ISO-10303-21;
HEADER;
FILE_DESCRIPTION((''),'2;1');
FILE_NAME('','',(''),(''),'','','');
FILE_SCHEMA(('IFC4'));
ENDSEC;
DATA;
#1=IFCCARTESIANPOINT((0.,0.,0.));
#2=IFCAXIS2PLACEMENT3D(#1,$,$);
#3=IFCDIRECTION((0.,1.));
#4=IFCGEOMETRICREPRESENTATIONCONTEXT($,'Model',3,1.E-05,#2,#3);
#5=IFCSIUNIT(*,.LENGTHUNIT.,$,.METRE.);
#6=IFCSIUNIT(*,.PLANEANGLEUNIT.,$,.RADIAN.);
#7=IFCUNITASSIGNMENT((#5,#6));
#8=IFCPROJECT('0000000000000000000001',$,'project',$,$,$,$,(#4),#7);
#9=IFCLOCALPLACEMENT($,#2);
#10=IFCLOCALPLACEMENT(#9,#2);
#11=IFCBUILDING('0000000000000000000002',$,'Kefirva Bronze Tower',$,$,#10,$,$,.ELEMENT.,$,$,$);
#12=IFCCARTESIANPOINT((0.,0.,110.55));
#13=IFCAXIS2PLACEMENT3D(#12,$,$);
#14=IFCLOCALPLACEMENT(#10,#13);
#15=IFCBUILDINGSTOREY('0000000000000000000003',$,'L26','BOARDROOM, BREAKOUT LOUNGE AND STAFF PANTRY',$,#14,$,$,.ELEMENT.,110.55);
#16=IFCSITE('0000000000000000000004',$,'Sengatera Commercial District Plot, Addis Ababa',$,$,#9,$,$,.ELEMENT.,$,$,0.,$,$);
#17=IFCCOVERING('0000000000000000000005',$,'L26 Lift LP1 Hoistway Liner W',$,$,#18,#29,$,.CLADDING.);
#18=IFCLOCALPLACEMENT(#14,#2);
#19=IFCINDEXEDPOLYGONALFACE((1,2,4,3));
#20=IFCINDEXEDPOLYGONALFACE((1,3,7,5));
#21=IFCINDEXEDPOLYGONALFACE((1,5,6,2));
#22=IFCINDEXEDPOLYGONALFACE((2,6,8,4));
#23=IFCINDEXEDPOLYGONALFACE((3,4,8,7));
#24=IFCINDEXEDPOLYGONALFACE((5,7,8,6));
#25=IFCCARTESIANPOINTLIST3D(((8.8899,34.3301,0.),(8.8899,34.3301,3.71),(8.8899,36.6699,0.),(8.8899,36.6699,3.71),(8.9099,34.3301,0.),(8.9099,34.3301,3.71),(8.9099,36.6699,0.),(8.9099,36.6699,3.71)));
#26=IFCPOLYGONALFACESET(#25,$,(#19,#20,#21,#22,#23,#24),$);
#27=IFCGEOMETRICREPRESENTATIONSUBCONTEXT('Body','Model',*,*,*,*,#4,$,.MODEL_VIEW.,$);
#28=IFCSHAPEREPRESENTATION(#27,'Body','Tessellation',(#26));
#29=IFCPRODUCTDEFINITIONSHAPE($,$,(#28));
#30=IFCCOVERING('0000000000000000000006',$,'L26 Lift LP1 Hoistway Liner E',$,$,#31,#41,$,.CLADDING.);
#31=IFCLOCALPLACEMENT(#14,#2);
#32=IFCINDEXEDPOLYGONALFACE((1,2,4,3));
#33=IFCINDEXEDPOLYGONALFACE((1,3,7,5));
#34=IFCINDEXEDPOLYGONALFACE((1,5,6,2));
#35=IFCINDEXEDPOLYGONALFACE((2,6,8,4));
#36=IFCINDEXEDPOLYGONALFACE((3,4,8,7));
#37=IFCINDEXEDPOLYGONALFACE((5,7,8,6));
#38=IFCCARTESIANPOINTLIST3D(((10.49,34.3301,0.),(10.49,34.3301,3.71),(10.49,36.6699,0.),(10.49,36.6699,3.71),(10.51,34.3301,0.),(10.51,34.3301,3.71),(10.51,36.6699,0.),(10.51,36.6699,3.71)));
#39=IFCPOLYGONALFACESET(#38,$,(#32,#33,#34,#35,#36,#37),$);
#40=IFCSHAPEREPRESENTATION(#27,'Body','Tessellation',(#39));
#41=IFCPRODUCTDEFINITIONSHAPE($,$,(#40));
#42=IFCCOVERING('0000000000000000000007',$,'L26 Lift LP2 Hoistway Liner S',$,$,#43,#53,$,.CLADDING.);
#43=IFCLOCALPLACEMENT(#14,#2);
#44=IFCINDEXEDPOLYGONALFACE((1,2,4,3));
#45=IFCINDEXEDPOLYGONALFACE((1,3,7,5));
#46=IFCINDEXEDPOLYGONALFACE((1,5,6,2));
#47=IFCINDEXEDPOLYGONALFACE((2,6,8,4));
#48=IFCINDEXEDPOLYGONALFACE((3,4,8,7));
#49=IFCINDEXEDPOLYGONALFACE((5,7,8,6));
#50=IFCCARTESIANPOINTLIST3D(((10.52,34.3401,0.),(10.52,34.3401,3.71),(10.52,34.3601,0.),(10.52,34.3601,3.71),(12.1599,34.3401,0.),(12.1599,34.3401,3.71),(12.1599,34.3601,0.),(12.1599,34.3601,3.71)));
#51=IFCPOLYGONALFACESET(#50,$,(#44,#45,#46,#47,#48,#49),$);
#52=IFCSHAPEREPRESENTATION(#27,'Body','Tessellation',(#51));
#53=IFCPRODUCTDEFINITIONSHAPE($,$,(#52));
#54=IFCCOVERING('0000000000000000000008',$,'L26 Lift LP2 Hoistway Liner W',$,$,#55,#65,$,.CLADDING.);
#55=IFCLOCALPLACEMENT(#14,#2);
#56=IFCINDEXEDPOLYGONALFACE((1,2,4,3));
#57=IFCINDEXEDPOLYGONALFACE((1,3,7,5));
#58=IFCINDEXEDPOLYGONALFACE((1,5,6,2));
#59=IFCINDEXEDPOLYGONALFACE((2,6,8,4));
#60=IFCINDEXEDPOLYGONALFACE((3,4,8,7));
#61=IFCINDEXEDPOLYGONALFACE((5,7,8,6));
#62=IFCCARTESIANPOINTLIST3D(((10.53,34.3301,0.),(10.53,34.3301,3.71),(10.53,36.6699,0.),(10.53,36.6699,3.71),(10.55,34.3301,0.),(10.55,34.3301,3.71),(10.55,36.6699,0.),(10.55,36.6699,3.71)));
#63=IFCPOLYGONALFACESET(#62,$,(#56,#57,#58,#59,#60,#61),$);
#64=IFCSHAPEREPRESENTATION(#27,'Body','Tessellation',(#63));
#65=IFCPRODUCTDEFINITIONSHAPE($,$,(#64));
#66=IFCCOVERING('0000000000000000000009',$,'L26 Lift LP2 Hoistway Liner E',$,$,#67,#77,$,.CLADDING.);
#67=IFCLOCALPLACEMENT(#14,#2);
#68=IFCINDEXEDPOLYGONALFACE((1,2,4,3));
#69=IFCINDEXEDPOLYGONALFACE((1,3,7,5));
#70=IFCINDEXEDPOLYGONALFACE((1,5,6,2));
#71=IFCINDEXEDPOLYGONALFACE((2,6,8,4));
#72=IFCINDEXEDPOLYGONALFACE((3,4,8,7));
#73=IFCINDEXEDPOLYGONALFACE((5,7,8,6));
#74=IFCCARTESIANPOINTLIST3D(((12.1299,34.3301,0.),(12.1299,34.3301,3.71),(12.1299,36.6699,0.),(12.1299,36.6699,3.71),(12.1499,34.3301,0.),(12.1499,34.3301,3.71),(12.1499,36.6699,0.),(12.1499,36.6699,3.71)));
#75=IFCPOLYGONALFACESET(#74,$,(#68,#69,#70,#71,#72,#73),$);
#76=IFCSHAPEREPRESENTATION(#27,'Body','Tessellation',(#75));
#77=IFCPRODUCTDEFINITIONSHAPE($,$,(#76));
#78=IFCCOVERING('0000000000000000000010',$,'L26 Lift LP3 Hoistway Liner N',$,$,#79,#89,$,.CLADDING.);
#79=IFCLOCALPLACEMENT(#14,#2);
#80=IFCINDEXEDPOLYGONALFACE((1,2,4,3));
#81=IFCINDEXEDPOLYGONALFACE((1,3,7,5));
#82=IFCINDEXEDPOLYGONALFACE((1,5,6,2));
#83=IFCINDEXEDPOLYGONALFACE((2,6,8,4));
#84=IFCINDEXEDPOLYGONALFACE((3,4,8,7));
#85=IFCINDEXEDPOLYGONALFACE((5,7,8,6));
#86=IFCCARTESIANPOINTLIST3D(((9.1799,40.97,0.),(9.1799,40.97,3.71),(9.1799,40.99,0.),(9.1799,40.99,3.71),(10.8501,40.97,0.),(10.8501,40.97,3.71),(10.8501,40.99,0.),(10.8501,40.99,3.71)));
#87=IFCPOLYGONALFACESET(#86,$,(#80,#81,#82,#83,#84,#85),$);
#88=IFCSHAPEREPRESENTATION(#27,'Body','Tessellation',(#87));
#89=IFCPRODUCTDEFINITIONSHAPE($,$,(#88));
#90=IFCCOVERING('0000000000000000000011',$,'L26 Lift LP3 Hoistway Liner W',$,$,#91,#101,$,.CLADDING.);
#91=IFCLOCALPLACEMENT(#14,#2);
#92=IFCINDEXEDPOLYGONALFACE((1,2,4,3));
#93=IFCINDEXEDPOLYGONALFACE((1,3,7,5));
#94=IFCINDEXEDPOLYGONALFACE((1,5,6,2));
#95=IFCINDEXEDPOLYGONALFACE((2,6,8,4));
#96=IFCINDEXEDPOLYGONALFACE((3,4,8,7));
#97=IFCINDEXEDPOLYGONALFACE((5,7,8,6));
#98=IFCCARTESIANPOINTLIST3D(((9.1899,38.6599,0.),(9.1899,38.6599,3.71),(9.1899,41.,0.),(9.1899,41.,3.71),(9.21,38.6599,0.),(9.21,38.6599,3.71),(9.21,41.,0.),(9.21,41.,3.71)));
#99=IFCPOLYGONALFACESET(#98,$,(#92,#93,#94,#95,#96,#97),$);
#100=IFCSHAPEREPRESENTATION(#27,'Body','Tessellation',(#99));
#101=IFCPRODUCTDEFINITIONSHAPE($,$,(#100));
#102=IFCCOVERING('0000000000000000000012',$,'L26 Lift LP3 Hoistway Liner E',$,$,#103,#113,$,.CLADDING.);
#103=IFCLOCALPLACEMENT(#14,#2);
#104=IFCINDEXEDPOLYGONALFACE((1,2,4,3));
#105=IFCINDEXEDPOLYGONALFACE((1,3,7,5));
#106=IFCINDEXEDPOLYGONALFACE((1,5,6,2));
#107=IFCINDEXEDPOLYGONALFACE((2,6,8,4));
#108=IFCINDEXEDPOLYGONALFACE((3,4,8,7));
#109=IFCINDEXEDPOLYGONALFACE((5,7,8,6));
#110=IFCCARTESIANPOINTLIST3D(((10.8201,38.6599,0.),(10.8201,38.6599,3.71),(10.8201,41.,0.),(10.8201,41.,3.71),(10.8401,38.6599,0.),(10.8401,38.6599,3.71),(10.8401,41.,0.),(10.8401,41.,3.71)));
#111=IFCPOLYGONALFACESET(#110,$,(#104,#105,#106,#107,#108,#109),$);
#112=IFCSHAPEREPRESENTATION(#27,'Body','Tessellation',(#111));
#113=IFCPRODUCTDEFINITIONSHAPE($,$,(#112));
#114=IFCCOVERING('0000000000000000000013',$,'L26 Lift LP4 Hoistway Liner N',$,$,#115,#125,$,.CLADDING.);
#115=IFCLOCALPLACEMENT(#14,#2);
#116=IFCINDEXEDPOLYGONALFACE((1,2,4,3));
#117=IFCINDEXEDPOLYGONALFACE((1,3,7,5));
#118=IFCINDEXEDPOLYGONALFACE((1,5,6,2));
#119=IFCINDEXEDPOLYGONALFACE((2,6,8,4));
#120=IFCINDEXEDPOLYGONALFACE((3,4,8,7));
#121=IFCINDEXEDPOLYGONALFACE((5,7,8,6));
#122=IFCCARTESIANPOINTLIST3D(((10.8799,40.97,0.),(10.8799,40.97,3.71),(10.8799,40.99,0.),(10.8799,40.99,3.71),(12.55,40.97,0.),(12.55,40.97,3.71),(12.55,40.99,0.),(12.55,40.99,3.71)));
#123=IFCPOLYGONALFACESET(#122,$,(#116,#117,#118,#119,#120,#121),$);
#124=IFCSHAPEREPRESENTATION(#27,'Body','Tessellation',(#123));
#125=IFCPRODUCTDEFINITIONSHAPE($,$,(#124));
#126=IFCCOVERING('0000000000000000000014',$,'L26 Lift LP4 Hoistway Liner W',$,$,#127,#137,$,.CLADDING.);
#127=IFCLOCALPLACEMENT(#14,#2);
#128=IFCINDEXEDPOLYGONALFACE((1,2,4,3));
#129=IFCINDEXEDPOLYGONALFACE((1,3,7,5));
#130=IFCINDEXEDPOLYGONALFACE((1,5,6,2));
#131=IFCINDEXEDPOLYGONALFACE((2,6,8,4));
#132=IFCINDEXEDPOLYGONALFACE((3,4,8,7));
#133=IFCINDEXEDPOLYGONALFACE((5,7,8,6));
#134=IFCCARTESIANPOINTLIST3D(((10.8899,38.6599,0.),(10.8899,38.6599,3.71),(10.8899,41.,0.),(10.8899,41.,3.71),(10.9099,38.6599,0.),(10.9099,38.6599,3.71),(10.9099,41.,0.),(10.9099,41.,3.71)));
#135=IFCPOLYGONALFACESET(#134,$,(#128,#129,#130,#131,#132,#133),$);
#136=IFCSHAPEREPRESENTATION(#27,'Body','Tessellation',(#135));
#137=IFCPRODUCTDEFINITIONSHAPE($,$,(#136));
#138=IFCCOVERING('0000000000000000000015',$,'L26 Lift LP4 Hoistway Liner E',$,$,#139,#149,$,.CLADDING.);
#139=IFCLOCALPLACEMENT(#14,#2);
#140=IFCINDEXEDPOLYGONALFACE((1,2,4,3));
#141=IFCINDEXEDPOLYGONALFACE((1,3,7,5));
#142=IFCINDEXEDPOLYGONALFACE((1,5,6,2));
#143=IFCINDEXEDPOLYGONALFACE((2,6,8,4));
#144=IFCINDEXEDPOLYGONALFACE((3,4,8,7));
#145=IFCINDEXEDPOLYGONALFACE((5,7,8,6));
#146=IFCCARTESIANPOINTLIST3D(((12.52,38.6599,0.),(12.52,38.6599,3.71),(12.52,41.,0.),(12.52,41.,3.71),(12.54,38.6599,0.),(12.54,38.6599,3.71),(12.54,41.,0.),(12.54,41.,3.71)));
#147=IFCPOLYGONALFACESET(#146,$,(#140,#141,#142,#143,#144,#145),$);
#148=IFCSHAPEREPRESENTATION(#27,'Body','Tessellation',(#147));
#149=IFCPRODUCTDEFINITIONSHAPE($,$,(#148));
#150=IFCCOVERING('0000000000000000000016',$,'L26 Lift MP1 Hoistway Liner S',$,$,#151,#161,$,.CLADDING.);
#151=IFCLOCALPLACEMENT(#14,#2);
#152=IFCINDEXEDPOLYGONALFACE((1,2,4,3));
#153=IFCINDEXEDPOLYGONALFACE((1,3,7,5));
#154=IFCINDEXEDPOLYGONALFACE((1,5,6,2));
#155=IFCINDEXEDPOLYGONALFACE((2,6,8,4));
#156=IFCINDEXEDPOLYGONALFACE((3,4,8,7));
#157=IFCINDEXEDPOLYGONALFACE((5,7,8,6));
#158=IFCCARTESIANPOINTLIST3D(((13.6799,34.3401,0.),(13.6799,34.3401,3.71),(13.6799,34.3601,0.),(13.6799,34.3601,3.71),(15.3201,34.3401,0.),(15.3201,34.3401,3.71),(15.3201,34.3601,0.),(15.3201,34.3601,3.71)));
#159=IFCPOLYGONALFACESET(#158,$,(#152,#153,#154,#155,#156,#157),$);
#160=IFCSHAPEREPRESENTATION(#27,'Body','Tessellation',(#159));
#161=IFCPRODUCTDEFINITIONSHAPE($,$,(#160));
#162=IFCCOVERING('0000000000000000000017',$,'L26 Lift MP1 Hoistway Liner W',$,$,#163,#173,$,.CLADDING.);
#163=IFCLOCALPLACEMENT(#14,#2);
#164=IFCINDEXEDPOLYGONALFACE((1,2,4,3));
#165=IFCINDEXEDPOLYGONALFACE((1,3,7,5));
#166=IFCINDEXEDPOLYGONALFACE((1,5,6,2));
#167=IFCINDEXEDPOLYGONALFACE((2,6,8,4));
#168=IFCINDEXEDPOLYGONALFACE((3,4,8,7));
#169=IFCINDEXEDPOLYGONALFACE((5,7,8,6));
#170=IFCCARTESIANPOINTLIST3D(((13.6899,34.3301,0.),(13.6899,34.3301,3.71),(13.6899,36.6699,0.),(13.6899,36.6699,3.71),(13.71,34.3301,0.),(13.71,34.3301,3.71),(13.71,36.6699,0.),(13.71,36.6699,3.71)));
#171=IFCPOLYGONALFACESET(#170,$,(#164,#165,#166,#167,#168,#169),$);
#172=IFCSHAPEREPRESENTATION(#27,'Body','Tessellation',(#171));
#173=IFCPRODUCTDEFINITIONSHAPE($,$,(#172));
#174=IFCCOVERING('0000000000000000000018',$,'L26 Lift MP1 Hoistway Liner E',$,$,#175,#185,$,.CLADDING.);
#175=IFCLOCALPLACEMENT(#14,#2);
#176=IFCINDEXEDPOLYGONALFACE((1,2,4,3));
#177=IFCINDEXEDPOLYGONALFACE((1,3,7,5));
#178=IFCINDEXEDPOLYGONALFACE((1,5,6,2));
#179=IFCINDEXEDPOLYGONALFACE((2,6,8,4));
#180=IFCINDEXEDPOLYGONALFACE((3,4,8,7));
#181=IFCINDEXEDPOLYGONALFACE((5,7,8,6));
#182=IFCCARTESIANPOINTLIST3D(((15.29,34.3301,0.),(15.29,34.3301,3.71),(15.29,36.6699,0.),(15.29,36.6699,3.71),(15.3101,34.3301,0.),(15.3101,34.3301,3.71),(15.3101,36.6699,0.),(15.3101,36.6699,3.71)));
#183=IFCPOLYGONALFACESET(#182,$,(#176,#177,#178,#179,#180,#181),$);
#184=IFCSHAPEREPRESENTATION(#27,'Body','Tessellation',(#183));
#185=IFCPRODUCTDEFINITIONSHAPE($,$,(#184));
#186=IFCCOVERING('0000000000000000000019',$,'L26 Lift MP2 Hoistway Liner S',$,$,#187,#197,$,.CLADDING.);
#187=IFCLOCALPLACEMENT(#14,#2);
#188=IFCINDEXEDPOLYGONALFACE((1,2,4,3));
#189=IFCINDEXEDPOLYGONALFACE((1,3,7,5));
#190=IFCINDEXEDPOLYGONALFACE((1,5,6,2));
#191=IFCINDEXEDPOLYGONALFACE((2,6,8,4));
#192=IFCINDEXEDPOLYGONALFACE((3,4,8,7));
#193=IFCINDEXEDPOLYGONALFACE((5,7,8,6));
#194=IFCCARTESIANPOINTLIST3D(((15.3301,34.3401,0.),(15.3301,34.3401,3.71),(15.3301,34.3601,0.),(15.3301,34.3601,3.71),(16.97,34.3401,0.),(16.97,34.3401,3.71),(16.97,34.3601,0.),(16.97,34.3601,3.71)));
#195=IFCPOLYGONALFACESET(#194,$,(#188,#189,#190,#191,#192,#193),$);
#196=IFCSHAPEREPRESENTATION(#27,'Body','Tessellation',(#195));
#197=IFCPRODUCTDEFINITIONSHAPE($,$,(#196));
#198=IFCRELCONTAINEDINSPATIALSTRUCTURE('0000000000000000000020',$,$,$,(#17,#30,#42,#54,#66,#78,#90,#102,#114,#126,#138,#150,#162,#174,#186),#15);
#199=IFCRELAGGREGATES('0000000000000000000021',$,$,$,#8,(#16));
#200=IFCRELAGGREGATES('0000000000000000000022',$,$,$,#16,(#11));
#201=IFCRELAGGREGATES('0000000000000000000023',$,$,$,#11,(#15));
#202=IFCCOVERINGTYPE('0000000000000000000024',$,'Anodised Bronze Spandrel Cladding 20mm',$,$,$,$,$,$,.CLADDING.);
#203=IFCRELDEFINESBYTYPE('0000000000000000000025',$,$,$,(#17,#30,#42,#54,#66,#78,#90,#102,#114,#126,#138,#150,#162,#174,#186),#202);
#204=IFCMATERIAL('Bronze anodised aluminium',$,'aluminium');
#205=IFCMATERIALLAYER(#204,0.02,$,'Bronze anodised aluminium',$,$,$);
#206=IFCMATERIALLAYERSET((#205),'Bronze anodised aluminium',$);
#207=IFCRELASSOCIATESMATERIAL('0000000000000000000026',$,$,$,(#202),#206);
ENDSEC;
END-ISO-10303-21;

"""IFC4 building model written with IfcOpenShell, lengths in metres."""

from ifc_helpers import new_model, si_unit, direction, frame, origin, place, context, subcontext, project, spatial, polyline, outline, extrude, material, layer, layer_set, type_object, element, save


model = new_model("IFC4")

# Units and contexts
model_context = context("Model", 3, precision=1e-05, world=origin(), true_north=direction((0.0, 1.0)))
body_context = subcontext(model_context, "Body", "Model", "MODEL_VIEW")
ifc_project = project(units=[si_unit("LENGTHUNIT", "METRE"), si_unit("PLANEANGLEUNIT", "RADIAN")], contexts=[model_context])

# Site, building, storey
site_placement = place(None, origin())
site = spatial("IfcSite", under=ifc_project, at=site_placement, Name="Sengatera Commercial District Plot, Addis Ababa", CompositionType="ELEMENT", RefElevation=0.0)
building_placement = place(site_placement, origin())
building = spatial("IfcBuilding", under=site, at=building_placement, Name="Kefirva Bronze Tower", CompositionType="ELEMENT")
storey_placement = place(building_placement, frame((0.0, 0.0, 110.55)))
storey = spatial("IfcBuildingStorey", under=building, at=storey_placement, Name="L26", Description="BOARDROOM, BREAKOUT LOUNGE AND STAFF PANTRY", CompositionType="ELEMENT", Elevation=110.55)

# Coverings
ifc_material = material(Name="Bronze anodised aluminium", Category="aluminium")
ifc_layer_1 = layer(ifc_material, 0.02, Name="Bronze anodised aluminium")
ifc_layer_set_1 = layer_set([ifc_layer_1], Name="Bronze anodised aluminium")
covering_type_1 = type_object("IfcCoveringType", Name="Anodised Bronze Spandrel Cladding 20mm", PredefinedType="CLADDING", material=ifc_layer_set_1)
covering_1_placement = place(storey_placement, origin())
element("IfcCovering", 1, at=covering_1_placement, inside=storey, type_object=covering_type_1, Name="L26 Lift LP1 Hoistway Liner W", PredefinedType="CLADDING", context=body_context, shape_type="SweptSolid", body=[
    extrude(outline(polyline([(8.8899, 34.3301), (8.9099, 34.3301), (8.9099, 36.6699), (8.8899, 36.6699), (8.8899, 34.3301)])), origin(), (0.0, 0.0, 1.0), 3.71),
])
covering_2_placement = place(storey_placement, origin())
element("IfcCovering", 2, at=covering_2_placement, inside=storey, type_object=covering_type_1, Name="L26 Lift LP1 Hoistway Liner E", PredefinedType="CLADDING", context=body_context, shape_type="SweptSolid", body=[
    extrude(outline(polyline([(10.49, 34.3301), (10.51, 34.3301), (10.51, 36.6699), (10.49, 36.6699), (10.49, 34.3301)])), origin(), (0.0, 0.0, 1.0), 3.71),
])
covering_3_placement = place(storey_placement, origin())
element("IfcCovering", 3, at=covering_3_placement, inside=storey, type_object=covering_type_1, Name="L26 Lift LP2 Hoistway Liner S", PredefinedType="CLADDING", context=body_context, shape_type="SweptSolid", body=[
    extrude(outline(polyline([(10.52, 34.3401), (12.1599, 34.3401), (12.1599, 34.3601), (10.52, 34.3601), (10.52, 34.3401)])), origin(), (0.0, 0.0, 1.0), 3.71),
])
covering_4_placement = place(storey_placement, origin())
element("IfcCovering", 4, at=covering_4_placement, inside=storey, type_object=covering_type_1, Name="L26 Lift LP2 Hoistway Liner W", PredefinedType="CLADDING", context=body_context, shape_type="SweptSolid", body=[
    extrude(outline(polyline([(10.53, 34.3301), (10.55, 34.3301), (10.55, 36.6699), (10.53, 36.6699), (10.53, 34.3301)])), origin(), (0.0, 0.0, 1.0), 3.71),
])
covering_5_placement = place(storey_placement, origin())
element("IfcCovering", 5, at=covering_5_placement, inside=storey, type_object=covering_type_1, Name="L26 Lift LP2 Hoistway Liner E", PredefinedType="CLADDING", context=body_context, shape_type="SweptSolid", body=[
    extrude(outline(polyline([(12.1299, 34.3301), (12.1499, 34.3301), (12.1499, 36.6699), (12.1299, 36.6699), (12.1299, 34.3301)])), origin(), (0.0, 0.0, 1.0), 3.71),
])
covering_6_placement = place(storey_placement, origin())
element("IfcCovering", 6, at=covering_6_placement, inside=storey, type_object=covering_type_1, Name="L26 Lift LP3 Hoistway Liner N", PredefinedType="CLADDING", context=body_context, shape_type="SweptSolid", body=[
    extrude(outline(polyline([(9.1799, 40.97), (10.8501, 40.97), (10.8501, 40.99), (9.1799, 40.99), (9.1799, 40.97)])), origin(), (0.0, 0.0, 1.0), 3.71),
])
covering_7_placement = place(storey_placement, origin())
element("IfcCovering", 7, at=covering_7_placement, inside=storey, type_object=covering_type_1, Name="L26 Lift LP3 Hoistway Liner W", PredefinedType="CLADDING", context=body_context, shape_type="SweptSolid", body=[
    extrude(outline(polyline([(9.1899, 38.6599), (9.21, 38.6599), (9.21, 41.0), (9.1899, 41.0), (9.1899, 38.6599)])), origin(), (0.0, 0.0, 1.0), 3.71),
])
covering_8_placement = place(storey_placement, origin())
element("IfcCovering", 8, at=covering_8_placement, inside=storey, type_object=covering_type_1, Name="L26 Lift LP3 Hoistway Liner E", PredefinedType="CLADDING", context=body_context, shape_type="SweptSolid", body=[
    extrude(outline(polyline([(10.8201, 38.6599), (10.8401, 38.6599), (10.8401, 41.0), (10.8201, 41.0), (10.8201, 38.6599)])), origin(), (0.0, 0.0, 1.0), 3.71),
])
covering_9_placement = place(storey_placement, origin())
element("IfcCovering", 9, at=covering_9_placement, inside=storey, type_object=covering_type_1, Name="L26 Lift LP4 Hoistway Liner N", PredefinedType="CLADDING", context=body_context, shape_type="SweptSolid", body=[
    extrude(outline(polyline([(10.8799, 40.97), (12.55, 40.97), (12.55, 40.99), (10.8799, 40.99), (10.8799, 40.97)])), origin(), (0.0, 0.0, 1.0), 3.71),
])
covering_10_placement = place(storey_placement, origin())
element("IfcCovering", 10, at=covering_10_placement, inside=storey, type_object=covering_type_1, Name="L26 Lift LP4 Hoistway Liner W", PredefinedType="CLADDING", context=body_context, shape_type="SweptSolid", body=[
    extrude(outline(polyline([(10.8899, 38.6599), (10.9099, 38.6599), (10.9099, 41.0), (10.8899, 41.0), (10.8899, 38.6599)])), origin(), (0.0, 0.0, 1.0), 3.71),
])
covering_11_placement = place(storey_placement, origin())
element("IfcCovering", 11, at=covering_11_placement, inside=storey, type_object=covering_type_1, Name="L26 Lift LP4 Hoistway Liner E", PredefinedType="CLADDING", context=body_context, shape_type="SweptSolid", body=[
    extrude(outline(polyline([(12.52, 38.6599), (12.54, 38.6599), (12.54, 41.0), (12.52, 41.0), (12.52, 38.6599)])), origin(), (0.0, 0.0, 1.0), 3.71),
])
covering_12_placement = place(storey_placement, origin())
element("IfcCovering", 12, at=covering_12_placement, inside=storey, type_object=covering_type_1, Name="L26 Lift MP1 Hoistway Liner S", PredefinedType="CLADDING", context=body_context, shape_type="SweptSolid", body=[
    extrude(outline(polyline([(13.6799, 34.3401), (15.3201, 34.3401), (15.3201, 34.3601), (13.6799, 34.3601), (13.6799, 34.3401)])), origin(), (0.0, 0.0, 1.0), 3.71),
])
covering_13_placement = place(storey_placement, origin())
element("IfcCovering", 13, at=covering_13_placement, inside=storey, type_object=covering_type_1, Name="L26 Lift MP1 Hoistway Liner W", PredefinedType="CLADDING", context=body_context, shape_type="SweptSolid", body=[
    extrude(outline(polyline([(13.6899, 34.3301), (13.71, 34.3301), (13.71, 36.6699), (13.6899, 36.6699), (13.6899, 34.3301)])), origin(), (0.0, 0.0, 1.0), 3.71),
])
covering_14_placement = place(storey_placement, origin())
element("IfcCovering", 14, at=covering_14_placement, inside=storey, type_object=covering_type_1, Name="L26 Lift MP1 Hoistway Liner E", PredefinedType="CLADDING", context=body_context, shape_type="SweptSolid", body=[
    extrude(outline(polyline([(15.29, 34.3301), (15.3101, 34.3301), (15.3101, 36.6699), (15.29, 36.6699), (15.29, 34.3301)])), origin(), (0.0, 0.0, 1.0), 3.71),
])
covering_15_placement = place(storey_placement, origin())
element("IfcCovering", 15, at=covering_15_placement, inside=storey, type_object=covering_type_1, Name="L26 Lift MP2 Hoistway Liner S", PredefinedType="CLADDING", context=body_context, shape_type="SweptSolid", body=[
    extrude(outline(polyline([(15.3301, 34.3401), (16.97, 34.3401), (16.97, 34.3601), (15.3301, 34.3601), (15.3301, 34.3401)])), origin(), (0.0, 0.0, 1.0), 3.71),
])

save(model, "model.ifc")
